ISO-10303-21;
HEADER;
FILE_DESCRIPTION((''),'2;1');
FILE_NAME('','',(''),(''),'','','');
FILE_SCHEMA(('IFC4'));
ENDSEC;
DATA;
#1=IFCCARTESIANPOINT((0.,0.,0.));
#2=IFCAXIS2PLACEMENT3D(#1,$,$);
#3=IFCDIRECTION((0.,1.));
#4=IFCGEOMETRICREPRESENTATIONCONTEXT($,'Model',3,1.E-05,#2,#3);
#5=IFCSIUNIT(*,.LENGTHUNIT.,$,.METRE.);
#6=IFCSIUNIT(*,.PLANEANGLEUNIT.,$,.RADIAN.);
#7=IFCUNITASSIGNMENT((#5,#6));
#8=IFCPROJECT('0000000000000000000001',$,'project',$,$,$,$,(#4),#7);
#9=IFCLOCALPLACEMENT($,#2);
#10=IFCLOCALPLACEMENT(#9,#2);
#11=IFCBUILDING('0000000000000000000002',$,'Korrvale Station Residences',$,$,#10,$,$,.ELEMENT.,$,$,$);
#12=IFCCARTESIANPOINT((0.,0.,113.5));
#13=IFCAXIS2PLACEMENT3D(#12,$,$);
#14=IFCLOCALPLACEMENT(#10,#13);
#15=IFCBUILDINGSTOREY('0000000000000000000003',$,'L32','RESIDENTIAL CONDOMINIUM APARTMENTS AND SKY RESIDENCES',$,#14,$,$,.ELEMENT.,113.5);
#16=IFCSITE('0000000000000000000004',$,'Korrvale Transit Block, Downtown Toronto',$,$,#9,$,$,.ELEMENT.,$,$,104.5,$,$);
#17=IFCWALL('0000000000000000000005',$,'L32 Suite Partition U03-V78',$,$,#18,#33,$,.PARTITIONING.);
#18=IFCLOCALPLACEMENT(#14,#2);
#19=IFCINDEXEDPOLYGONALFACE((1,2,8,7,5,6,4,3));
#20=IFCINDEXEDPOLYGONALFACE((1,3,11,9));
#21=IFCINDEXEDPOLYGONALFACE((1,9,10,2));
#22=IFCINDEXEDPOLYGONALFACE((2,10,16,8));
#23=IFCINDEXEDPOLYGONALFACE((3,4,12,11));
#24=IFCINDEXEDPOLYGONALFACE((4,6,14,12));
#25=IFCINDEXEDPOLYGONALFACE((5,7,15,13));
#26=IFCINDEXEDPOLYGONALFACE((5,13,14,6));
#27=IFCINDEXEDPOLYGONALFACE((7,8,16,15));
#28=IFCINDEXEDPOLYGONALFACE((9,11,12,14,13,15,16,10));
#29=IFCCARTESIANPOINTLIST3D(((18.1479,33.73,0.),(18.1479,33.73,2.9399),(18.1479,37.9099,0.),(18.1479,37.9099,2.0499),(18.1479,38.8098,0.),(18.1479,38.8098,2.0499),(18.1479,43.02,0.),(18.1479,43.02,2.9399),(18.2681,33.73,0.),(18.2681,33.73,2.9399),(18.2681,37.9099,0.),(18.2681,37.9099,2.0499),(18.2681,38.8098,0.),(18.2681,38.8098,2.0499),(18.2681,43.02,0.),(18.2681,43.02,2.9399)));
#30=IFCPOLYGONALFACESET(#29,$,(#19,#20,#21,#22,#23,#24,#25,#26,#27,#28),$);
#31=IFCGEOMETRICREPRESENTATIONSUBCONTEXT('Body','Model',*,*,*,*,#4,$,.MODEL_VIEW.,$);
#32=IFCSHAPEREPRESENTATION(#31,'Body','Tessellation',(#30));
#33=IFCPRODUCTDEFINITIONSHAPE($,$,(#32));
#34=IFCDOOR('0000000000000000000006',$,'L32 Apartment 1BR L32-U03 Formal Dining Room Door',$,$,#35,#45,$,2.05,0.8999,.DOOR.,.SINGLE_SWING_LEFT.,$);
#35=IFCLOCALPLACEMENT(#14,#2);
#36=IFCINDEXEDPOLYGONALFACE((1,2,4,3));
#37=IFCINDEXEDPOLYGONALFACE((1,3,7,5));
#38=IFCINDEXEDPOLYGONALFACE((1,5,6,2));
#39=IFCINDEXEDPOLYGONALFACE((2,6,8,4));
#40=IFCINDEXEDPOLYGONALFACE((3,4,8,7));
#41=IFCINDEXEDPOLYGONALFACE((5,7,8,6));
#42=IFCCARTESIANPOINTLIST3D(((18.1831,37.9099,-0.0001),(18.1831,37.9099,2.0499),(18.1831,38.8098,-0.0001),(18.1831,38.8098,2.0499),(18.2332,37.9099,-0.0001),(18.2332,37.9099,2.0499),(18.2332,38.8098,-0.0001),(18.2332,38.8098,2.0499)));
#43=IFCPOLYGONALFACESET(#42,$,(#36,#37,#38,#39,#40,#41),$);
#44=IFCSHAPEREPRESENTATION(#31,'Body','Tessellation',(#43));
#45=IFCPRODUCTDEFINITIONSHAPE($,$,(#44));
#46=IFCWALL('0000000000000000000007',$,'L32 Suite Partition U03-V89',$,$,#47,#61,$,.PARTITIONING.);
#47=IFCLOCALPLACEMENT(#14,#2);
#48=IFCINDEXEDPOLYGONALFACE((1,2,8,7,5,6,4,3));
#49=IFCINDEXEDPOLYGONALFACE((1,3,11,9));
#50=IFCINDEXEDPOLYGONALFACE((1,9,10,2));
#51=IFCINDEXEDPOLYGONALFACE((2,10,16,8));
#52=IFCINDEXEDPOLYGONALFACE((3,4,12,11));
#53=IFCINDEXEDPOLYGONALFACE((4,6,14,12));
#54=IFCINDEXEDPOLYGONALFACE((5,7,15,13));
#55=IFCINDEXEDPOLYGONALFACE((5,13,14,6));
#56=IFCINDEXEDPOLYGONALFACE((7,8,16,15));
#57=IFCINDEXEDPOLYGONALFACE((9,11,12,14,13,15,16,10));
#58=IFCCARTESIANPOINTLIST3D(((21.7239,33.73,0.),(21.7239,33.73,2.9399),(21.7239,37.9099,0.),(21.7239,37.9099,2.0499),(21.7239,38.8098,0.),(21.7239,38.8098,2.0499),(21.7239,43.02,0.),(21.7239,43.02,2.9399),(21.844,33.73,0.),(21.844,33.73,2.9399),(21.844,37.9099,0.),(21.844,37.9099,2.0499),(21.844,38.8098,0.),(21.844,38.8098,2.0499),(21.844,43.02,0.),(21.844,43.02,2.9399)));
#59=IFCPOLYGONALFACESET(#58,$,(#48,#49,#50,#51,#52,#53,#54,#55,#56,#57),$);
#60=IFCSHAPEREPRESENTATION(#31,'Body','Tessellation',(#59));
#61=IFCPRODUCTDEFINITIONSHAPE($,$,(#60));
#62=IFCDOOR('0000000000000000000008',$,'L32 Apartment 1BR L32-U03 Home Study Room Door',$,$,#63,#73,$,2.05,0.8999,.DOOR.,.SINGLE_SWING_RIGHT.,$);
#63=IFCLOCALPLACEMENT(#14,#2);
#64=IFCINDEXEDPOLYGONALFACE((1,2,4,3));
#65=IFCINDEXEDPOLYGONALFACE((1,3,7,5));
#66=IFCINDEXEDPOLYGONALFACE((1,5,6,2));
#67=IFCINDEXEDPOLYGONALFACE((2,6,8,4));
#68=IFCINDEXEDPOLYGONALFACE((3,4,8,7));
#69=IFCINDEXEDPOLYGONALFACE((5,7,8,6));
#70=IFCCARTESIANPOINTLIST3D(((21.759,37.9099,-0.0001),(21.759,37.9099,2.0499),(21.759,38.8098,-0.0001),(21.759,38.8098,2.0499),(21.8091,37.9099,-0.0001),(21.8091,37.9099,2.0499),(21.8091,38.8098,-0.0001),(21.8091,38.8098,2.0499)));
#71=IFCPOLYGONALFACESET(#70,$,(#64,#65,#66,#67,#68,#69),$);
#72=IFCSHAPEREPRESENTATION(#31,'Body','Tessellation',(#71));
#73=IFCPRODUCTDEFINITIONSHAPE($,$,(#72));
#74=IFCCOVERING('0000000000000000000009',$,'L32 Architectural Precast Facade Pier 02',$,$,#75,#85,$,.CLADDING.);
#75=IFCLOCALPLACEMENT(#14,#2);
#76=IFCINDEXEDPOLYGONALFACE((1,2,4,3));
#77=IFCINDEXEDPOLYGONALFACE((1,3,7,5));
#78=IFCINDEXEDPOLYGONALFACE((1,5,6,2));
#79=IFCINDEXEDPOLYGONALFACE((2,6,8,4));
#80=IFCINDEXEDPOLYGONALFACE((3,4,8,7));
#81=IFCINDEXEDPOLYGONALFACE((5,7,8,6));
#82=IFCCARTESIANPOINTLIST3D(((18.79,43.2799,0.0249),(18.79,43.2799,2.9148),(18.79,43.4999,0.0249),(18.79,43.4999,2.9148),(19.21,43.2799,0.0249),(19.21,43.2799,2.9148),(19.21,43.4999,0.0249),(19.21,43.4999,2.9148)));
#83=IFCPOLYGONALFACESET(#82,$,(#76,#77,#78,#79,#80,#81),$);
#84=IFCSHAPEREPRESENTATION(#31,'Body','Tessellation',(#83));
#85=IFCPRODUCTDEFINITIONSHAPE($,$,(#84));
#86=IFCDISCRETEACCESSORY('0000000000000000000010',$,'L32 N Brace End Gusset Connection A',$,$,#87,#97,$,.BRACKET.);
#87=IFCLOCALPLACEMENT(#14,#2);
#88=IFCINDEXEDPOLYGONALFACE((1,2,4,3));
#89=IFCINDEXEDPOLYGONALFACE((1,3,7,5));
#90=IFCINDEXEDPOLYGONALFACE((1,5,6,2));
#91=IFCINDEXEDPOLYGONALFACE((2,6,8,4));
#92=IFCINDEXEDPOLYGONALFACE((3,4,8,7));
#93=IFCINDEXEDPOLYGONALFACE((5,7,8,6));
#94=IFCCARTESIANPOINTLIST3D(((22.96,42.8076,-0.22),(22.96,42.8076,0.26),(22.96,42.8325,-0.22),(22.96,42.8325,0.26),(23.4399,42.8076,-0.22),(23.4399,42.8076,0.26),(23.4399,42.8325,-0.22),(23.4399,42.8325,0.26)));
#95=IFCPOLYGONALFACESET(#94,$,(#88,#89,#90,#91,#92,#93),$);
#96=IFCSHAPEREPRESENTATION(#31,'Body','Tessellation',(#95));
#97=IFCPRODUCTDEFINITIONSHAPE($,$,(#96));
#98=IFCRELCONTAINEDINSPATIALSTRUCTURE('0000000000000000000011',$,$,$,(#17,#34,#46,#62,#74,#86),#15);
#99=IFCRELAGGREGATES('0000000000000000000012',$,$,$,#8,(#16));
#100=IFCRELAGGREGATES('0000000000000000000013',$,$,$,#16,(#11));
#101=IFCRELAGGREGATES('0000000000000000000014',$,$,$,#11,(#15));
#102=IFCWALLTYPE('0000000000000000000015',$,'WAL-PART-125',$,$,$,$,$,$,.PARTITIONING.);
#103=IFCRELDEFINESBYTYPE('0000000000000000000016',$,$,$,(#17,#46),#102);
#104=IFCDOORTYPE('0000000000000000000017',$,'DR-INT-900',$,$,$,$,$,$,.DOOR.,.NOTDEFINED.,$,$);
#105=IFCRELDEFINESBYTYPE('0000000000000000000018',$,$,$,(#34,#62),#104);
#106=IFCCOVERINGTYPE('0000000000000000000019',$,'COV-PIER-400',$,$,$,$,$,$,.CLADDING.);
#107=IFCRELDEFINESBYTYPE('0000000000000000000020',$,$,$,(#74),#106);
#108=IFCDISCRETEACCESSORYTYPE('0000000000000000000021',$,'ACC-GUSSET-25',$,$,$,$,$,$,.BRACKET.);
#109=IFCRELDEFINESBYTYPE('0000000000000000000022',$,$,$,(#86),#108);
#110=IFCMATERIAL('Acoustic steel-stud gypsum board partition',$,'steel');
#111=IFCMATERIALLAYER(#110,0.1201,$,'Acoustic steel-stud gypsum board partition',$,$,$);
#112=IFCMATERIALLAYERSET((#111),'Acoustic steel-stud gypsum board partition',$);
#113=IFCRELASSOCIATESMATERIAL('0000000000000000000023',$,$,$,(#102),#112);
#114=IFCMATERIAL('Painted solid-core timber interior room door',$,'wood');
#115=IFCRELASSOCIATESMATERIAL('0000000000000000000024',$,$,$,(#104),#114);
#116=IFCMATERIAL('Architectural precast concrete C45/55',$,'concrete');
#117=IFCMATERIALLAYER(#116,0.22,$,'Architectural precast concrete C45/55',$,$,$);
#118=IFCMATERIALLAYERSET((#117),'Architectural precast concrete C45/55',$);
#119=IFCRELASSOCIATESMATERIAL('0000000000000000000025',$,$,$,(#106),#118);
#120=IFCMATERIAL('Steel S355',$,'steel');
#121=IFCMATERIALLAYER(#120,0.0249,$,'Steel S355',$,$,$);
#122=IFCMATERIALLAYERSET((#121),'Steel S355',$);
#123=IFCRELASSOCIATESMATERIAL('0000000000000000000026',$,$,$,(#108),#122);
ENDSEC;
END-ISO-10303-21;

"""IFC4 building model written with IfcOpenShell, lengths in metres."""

from ifc_helpers import new_model, si_unit, direction, frame, frame_2d, origin, origin_2d, place, context, subcontext, project, spatial, rectangle, extrude, material, layer, layer_set, type_object, element, fill, save


model = new_model("IFC4")

# Units and contexts
model_context = context("Model", 3, precision=1e-05, world=origin(), true_north=direction((0.0, 1.0)))
body_context = subcontext(model_context, "Body", "Model", "MODEL_VIEW")
ifc_project = project(units=[si_unit("LENGTHUNIT", "METRE"), si_unit("PLANEANGLEUNIT", "RADIAN")], contexts=[model_context])

# Site, building, storey
site_placement = place(None, origin())
site = spatial("IfcSite", under=ifc_project, at=site_placement, Name="Korrvale Transit Block, Downtown Toronto", CompositionType="ELEMENT", RefElevation=104.5)
building_placement = place(site_placement, origin())
building = spatial("IfcBuilding", under=site, at=building_placement, Name="Korrvale Station Residences", CompositionType="ELEMENT")
storey_placement = place(building_placement, frame((0.0, 0.0, 113.5)))
storey = spatial("IfcBuildingStorey", under=building, at=storey_placement, Name="L32", Description="RESIDENTIAL CONDOMINIUM APARTMENTS AND SKY RESIDENCES", CompositionType="ELEMENT", Elevation=113.5)

# Shared definitions
ifc_material_1 = material(Name="Steel S355", Category="steel")

# Walls, openings, doors
ifc_material_2 = material(Name="Acoustic steel-stud gypsum board partition", Category="steel")
ifc_layer_1 = layer(ifc_material_2, 0.1201, Name="Acoustic steel-stud gypsum board partition")
ifc_layer_set_1 = layer_set([ifc_layer_1], Name="Acoustic steel-stud gypsum board partition")
wall_type = type_object("IfcWallType", Name="WAL-PART-125", PredefinedType="PARTITIONING", material=ifc_layer_set_1)
wall_1_placement = place(storey_placement, frame((18.208, 33.73, 0.0), z_axis=(0.0, 0.0, 1.0), x_axis=(0.0, 1.0, 0.0)))
wall_1 = element("IfcWall", 1, at=wall_1_placement, inside=storey, type_object=wall_type, Name="L32 Suite Partition U03-V78", PredefinedType="PARTITIONING", context=body_context, shape_type="SweptSolid", body=[
    extrude(rectangle(XDim=9.29, YDim=0.1201, at=frame_2d((4.645, 0.0))), origin(), (0.0, 0.0, 1.0), 2.9399),
])
opening_1_placement = place(wall_1_placement, frame((4.1799, 0.0, 0.0)))
opening_1 = element("IfcOpeningElement", 2, at=opening_1_placement, cuts=wall_1, PredefinedType="OPENING", context=body_context, shape_type="SweptSolid", body=[
    extrude(rectangle(XDim=0.8999, YDim=2.05, at=frame_2d((0.45, 1.0249))), frame((0.0, 0.0701, 0.0), z_axis=(0.0, -1.0, 0.0), x_axis=(1.0, 0.0, 0.0)), (0.0, 0.0, 1.0), 0.1401),
])
ifc_material_3 = material(Name="Painted solid-core timber interior room door", Category="wood")
door_type = type_object("IfcDoorType", Name="DR-INT-900", OperationType="NOTDEFINED", PredefinedType="DOOR", material=ifc_material_3)
door_1_placement = place(opening_1_placement, origin())
door_1 = element("IfcDoor", 3, at=door_1_placement, inside=storey, type_object=door_type, Name="L32 Apartment 1BR L32-U03 Formal Dining Room Door", OperationType="SINGLE_SWING_LEFT", OverallHeight=2.05, OverallWidth=0.8999, PredefinedType="DOOR", context=body_context, shape_type="SweptSolid", body=[
    extrude(rectangle(XDim=0.8999, YDim=2.05, at=frame_2d((0.45, 1.0249))), frame((0.0, 0.0249, 0.0), z_axis=(0.0, -1.0, 0.0), x_axis=(1.0, 0.0, 0.0)), (0.0, 0.0, 1.0), 0.05),
])
fill(opening_1, door_1)
wall_2_placement = place(storey_placement, frame((21.7839, 33.73, 0.0), z_axis=(0.0, 0.0, 1.0), x_axis=(0.0, 1.0, 0.0)))
wall_2 = element("IfcWall", 4, at=wall_2_placement, inside=storey, type_object=wall_type, Name="L32 Suite Partition U03-V89", PredefinedType="PARTITIONING", context=body_context, shape_type="SweptSolid", body=[
    extrude(rectangle(XDim=9.29, YDim=0.1201, at=frame_2d((4.645, 0.0))), origin(), (0.0, 0.0, 1.0), 2.9399),
])
opening_2_placement = place(wall_2_placement, frame((4.1799, 0.0, 0.0)))
opening_2 = element("IfcOpeningElement", 5, at=opening_2_placement, cuts=wall_2, PredefinedType="OPENING", context=body_context, shape_type="SweptSolid", body=[
    extrude(rectangle(XDim=0.8999, YDim=2.05, at=frame_2d((0.45, 1.0249))), frame((0.0, 0.0701, 0.0), z_axis=(0.0, -1.0, 0.0), x_axis=(1.0, 0.0, 0.0)), (0.0, 0.0, 1.0), 0.1401),
])
door_2_placement = place(opening_2_placement, origin())
door_2 = element("IfcDoor", 6, at=door_2_placement, inside=storey, type_object=door_type, Name="L32 Apartment 1BR L32-U03 Home Study Room Door", OperationType="SINGLE_SWING_RIGHT", OverallHeight=2.05, OverallWidth=0.8999, PredefinedType="DOOR", context=body_context, shape_type="SweptSolid", body=[
    extrude(rectangle(XDim=0.8999, YDim=2.05, at=frame_2d((0.45, 1.0249))), frame((0.0, 0.0249, 0.0), z_axis=(0.0, -1.0, 0.0), x_axis=(1.0, 0.0, 0.0)), (0.0, 0.0, 1.0), 0.05),
])
fill(opening_2, door_2)

# Covering
ifc_material_4 = material(Name="Architectural precast concrete C45/55", Category="concrete")
ifc_layer_2 = layer(ifc_material_4, 0.22, Name="Architectural precast concrete C45/55")
ifc_layer_set_2 = layer_set([ifc_layer_2], Name="Architectural precast concrete C45/55")
covering_type = type_object("IfcCoveringType", Name="COV-PIER-400", PredefinedType="CLADDING", material=ifc_layer_set_2)
covering_placement = place(storey_placement, frame((19.0, 43.3899, 0.0249), z_axis=(0.0, 0.0, 1.0), x_axis=(1.0, 0.0, 0.0)))
element("IfcCovering", 7, at=covering_placement, inside=storey, type_object=covering_type, Name="L32 Architectural Precast Facade Pier 02", PredefinedType="CLADDING", context=body_context, shape_type="SweptSolid", body=[
    extrude(rectangle(XDim=0.4199, YDim=0.22, at=origin_2d()), origin(), (0.0, 0.0, 1.0), 2.8899),
])

# Discrete accessory
ifc_layer_3 = layer(ifc_material_1, 0.0249, Name="Steel S355")
ifc_layer_set_3 = layer_set([ifc_layer_3], Name="Steel S355")
discrete_accessory_type = type_object("IfcDiscreteAccessoryType", Name="ACC-GUSSET-25", PredefinedType="BRACKET", material=ifc_layer_set_3)
discrete_accessory_placement = place(storey_placement, frame((23.2, 42.8201, -0.22), z_axis=(0.0, 0.0, 1.0), x_axis=(1.0, 0.0, 0.0)))
element("IfcDiscreteAccessory", 8, at=discrete_accessory_placement, inside=storey, type_object=discrete_accessory_type, Name="L32 N Brace End Gusset Connection A", PredefinedType="BRACKET", context=body_context, shape_type="SweptSolid", body=[
    extrude(rectangle(XDim=0.48, YDim=0.0249, at=origin_2d()), origin(), (0.0, 0.0, 1.0), 0.48),
])

save(model, "model.ifc")
